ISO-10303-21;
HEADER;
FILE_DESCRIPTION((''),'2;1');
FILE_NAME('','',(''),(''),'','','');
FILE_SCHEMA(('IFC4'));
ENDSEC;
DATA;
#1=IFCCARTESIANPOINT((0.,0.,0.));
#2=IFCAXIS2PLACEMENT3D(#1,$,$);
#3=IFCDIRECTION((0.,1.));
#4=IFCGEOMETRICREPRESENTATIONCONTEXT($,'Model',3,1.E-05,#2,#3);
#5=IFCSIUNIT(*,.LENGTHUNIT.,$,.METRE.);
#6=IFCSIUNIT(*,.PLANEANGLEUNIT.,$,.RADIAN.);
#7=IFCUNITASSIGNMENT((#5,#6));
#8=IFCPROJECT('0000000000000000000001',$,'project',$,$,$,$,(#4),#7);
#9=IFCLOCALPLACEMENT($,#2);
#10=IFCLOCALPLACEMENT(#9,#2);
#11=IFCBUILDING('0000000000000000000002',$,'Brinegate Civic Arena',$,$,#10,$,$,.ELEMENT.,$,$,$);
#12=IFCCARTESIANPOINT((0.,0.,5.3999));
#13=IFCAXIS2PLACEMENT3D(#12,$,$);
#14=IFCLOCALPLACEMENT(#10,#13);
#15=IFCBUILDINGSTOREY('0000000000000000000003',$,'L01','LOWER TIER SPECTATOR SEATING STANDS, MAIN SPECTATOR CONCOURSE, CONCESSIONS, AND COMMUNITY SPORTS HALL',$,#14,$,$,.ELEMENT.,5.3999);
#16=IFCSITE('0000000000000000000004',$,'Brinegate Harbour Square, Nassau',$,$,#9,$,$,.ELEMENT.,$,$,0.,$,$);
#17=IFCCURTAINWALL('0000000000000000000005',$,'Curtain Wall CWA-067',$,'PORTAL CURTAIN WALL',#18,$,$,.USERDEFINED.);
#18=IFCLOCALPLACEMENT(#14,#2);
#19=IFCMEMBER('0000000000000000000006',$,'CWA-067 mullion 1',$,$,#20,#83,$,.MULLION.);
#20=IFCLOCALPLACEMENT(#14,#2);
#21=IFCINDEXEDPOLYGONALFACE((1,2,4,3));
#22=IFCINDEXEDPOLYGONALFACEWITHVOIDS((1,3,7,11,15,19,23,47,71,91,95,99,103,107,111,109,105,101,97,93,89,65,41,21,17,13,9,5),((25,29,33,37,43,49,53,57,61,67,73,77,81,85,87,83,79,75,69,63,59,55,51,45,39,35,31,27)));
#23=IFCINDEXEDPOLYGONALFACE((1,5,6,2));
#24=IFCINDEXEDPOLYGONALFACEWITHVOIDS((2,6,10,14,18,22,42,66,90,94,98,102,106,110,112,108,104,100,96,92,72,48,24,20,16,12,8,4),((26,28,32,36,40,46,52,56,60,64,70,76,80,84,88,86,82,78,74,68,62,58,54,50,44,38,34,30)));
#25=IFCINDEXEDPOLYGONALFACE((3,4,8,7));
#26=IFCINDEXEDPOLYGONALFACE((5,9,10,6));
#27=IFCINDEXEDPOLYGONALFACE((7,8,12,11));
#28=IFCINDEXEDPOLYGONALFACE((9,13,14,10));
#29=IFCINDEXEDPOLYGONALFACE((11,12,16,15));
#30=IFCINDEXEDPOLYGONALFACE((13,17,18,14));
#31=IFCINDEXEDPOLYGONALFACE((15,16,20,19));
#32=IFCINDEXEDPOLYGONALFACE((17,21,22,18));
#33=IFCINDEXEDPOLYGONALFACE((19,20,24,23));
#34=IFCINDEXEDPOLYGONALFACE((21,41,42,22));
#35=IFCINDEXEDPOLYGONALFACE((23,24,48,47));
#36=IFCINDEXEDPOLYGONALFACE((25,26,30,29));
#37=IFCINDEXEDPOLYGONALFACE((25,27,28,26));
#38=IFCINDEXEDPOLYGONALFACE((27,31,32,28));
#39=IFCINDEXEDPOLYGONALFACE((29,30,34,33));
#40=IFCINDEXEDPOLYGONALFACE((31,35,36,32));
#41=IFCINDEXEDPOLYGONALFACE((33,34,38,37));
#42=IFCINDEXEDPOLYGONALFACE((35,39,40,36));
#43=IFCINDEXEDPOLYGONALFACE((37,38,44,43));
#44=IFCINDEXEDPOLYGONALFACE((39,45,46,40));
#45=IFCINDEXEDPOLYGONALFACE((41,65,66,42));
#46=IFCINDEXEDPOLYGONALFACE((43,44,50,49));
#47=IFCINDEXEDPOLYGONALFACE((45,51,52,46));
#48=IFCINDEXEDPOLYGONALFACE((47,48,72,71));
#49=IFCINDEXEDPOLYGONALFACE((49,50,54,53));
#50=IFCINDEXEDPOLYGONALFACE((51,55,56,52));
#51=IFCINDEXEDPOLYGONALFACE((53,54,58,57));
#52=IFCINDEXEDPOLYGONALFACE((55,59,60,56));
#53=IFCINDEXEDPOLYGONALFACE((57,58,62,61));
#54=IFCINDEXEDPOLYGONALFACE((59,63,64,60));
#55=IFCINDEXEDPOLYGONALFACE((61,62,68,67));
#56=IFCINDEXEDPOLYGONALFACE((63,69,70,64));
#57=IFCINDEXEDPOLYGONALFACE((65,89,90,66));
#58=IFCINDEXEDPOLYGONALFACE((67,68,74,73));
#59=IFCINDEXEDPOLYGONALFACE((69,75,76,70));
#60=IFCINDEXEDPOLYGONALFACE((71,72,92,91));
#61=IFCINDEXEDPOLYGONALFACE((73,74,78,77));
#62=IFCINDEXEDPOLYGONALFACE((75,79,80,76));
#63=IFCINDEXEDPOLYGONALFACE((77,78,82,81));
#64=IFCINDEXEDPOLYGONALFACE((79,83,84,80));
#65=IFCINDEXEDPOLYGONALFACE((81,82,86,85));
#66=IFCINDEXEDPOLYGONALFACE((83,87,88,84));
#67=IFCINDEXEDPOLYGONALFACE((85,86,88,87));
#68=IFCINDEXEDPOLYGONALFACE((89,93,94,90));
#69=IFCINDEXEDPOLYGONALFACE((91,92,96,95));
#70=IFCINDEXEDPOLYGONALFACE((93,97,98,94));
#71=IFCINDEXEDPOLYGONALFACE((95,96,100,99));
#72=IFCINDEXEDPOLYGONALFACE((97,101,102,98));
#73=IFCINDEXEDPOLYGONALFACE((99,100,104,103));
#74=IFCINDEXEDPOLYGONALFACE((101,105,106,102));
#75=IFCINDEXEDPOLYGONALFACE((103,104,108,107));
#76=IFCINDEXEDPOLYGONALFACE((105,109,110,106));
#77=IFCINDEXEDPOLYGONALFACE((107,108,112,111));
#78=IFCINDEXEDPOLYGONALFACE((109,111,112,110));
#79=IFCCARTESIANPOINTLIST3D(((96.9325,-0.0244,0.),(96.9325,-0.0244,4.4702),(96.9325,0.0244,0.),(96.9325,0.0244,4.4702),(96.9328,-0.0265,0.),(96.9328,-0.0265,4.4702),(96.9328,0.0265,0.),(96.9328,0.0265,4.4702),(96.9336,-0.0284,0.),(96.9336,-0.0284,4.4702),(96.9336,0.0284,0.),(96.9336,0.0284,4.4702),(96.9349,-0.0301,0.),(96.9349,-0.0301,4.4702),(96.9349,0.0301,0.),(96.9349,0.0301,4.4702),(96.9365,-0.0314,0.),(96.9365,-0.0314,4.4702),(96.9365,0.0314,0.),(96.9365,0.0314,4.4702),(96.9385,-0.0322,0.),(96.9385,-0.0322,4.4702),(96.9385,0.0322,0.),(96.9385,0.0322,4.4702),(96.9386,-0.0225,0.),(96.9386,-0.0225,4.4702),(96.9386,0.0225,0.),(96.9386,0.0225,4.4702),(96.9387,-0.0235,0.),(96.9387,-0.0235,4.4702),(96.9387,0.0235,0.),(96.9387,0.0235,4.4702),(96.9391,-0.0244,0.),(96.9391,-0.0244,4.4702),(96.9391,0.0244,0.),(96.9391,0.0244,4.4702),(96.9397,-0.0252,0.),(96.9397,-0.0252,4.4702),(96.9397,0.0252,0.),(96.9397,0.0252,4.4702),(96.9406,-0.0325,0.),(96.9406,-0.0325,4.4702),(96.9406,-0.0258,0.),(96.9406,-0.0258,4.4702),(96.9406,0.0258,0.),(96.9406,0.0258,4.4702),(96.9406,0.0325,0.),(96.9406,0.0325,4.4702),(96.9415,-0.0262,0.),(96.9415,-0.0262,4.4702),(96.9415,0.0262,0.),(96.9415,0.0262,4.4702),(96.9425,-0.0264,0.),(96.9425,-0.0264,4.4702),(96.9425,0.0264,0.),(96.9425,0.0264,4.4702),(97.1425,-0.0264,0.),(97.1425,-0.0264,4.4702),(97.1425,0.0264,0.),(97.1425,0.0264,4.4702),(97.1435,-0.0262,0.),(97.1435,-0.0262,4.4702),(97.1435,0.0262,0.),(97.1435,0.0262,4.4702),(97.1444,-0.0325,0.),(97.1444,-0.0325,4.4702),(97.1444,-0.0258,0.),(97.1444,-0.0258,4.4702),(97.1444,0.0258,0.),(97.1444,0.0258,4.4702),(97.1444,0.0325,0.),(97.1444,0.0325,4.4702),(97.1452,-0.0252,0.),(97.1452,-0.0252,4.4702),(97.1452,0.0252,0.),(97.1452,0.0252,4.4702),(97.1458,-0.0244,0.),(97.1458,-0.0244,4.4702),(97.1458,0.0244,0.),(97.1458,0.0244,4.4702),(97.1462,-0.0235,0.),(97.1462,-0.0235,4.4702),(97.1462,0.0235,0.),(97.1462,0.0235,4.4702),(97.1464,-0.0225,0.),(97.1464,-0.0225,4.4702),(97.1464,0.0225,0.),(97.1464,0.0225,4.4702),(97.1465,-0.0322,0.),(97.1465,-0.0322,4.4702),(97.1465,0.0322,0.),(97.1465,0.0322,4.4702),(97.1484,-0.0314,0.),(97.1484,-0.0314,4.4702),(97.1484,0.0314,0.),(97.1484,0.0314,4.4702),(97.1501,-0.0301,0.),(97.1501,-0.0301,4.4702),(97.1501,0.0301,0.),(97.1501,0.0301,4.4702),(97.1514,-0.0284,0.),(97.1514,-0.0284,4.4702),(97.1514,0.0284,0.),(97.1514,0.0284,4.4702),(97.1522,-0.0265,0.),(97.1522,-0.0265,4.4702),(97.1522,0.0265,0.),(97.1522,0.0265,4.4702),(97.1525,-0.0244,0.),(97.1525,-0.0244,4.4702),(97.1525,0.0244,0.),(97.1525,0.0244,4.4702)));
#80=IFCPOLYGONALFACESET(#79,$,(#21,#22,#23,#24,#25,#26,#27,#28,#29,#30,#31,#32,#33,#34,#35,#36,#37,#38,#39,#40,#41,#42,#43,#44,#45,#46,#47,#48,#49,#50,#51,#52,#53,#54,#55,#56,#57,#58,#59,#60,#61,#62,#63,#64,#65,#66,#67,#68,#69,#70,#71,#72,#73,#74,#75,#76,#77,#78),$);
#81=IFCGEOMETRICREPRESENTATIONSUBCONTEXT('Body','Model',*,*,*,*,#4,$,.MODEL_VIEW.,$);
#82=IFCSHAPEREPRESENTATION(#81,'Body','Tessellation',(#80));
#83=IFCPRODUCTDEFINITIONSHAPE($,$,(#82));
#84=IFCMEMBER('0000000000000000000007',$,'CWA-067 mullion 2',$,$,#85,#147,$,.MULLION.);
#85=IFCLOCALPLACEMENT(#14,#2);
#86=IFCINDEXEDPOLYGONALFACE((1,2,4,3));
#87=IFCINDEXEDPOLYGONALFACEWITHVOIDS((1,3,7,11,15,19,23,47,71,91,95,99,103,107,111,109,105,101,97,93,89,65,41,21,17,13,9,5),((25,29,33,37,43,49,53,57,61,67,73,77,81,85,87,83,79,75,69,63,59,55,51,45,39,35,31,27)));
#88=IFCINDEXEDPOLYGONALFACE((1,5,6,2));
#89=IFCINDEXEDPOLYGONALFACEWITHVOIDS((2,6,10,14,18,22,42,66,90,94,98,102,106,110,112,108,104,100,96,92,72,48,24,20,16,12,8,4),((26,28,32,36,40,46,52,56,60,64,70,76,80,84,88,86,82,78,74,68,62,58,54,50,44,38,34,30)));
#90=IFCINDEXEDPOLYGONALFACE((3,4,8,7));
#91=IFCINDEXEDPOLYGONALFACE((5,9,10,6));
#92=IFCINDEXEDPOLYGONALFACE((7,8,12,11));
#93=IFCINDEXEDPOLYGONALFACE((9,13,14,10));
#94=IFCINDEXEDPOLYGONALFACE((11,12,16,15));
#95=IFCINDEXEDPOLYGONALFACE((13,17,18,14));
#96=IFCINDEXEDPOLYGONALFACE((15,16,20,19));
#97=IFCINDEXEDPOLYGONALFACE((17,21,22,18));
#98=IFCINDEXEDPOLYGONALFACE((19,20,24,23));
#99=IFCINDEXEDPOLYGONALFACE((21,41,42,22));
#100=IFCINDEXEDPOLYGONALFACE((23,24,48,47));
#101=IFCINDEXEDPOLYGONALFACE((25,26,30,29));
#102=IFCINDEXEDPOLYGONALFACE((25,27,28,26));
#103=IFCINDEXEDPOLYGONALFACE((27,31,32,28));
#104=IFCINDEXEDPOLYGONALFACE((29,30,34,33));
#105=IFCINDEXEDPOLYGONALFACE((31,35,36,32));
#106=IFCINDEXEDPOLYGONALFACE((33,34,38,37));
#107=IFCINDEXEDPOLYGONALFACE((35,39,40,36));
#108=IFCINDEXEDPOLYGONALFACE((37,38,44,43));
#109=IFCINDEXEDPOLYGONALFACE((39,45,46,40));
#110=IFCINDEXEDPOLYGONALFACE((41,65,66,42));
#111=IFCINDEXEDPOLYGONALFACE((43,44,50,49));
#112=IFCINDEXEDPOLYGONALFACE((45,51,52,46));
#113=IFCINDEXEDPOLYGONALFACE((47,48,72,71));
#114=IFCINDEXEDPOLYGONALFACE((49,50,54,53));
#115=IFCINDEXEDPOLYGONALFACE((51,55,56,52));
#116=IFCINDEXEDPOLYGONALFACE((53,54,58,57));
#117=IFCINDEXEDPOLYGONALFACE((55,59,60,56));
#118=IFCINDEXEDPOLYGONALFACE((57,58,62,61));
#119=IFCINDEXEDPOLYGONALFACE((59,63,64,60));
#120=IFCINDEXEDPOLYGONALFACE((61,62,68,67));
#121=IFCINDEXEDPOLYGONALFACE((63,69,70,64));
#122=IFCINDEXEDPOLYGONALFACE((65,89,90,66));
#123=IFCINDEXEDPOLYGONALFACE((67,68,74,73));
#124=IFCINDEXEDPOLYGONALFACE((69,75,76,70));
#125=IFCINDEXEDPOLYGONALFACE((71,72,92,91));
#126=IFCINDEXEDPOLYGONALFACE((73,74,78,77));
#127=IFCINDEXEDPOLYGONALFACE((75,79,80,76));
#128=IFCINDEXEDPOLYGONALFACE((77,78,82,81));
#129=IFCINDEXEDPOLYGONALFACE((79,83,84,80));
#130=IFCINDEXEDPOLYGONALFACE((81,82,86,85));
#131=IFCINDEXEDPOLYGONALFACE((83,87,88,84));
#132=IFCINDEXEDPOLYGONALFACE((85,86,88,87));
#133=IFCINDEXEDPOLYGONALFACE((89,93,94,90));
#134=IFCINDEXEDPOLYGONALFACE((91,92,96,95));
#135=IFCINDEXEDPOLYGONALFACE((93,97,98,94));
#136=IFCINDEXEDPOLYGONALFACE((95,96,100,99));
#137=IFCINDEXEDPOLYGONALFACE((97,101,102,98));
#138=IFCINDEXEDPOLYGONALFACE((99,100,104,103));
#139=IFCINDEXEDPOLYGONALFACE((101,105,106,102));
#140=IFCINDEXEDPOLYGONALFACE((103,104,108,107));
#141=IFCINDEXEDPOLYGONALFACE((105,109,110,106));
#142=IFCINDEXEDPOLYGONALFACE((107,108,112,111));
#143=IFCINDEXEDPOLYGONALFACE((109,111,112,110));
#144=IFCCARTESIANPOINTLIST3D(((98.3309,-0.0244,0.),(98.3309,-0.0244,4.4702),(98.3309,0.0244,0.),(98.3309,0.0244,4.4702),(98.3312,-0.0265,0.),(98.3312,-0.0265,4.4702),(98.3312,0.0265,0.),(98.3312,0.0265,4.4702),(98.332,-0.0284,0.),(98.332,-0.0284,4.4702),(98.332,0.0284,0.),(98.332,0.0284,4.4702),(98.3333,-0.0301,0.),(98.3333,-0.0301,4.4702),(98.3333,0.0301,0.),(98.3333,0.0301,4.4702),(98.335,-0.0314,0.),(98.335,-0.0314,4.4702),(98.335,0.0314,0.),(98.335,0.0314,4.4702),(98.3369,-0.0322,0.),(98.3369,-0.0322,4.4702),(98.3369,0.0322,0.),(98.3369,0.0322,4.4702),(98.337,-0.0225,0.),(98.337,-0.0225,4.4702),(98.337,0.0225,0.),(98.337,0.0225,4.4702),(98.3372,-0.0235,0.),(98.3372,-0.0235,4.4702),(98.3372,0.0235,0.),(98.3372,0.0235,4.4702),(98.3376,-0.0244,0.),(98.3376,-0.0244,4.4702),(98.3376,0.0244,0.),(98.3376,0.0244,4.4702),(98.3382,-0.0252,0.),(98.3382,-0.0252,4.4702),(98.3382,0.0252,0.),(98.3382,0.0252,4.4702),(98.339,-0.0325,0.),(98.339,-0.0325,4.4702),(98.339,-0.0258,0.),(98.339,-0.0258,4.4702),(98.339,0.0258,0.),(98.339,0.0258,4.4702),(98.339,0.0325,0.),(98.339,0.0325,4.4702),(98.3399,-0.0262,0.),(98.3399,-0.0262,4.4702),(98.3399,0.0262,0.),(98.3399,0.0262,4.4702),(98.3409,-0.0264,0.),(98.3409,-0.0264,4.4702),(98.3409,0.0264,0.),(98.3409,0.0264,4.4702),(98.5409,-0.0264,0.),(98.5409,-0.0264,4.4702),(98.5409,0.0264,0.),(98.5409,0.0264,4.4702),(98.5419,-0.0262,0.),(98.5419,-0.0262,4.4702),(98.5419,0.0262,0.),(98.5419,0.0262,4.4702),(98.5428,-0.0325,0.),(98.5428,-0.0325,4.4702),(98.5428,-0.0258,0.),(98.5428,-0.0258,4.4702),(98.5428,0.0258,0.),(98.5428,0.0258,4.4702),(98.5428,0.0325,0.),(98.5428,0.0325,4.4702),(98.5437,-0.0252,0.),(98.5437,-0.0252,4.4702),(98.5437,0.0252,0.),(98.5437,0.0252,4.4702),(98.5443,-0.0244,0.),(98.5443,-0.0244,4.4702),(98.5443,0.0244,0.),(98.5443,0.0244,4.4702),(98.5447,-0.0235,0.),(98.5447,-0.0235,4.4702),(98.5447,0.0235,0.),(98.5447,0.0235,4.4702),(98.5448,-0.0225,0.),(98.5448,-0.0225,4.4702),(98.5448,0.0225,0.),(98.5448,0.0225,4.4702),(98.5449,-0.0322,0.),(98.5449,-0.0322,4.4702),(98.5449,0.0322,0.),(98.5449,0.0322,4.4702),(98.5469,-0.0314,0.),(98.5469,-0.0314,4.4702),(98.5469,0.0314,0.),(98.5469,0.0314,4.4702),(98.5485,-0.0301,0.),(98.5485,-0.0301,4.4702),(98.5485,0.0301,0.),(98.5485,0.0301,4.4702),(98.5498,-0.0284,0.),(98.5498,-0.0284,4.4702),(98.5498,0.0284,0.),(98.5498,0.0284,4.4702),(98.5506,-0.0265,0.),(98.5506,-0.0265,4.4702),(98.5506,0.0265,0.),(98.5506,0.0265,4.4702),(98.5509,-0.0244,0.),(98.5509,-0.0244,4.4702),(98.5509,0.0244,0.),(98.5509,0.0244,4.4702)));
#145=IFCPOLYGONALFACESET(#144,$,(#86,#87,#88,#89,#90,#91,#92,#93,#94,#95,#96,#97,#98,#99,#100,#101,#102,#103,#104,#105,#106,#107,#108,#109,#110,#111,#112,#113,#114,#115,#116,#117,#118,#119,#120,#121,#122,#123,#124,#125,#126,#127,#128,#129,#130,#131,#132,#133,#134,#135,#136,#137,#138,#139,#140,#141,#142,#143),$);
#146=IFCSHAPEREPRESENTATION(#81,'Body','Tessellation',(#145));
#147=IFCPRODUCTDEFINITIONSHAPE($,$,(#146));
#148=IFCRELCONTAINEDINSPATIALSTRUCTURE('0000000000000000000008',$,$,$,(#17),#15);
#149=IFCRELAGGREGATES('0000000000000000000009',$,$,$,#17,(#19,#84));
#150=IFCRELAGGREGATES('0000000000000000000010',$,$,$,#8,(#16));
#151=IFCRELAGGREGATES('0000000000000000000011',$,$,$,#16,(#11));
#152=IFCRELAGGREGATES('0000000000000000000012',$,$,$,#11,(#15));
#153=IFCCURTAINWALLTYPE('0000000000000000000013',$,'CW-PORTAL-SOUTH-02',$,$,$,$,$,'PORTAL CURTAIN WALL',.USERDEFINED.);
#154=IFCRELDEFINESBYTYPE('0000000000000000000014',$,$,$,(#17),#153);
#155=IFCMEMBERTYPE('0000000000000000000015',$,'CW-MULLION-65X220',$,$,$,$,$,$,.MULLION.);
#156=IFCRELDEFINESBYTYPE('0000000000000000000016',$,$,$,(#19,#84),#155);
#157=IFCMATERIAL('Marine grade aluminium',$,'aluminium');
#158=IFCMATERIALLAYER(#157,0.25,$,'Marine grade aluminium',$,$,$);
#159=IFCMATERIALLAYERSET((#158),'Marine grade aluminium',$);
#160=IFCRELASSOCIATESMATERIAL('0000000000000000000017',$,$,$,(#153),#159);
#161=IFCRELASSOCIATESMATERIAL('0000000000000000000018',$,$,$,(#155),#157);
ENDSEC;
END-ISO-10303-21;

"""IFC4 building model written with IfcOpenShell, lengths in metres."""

from ifc_helpers import new_model, si_unit, direction, frame, origin, origin_2d, place, context, subcontext, project, spatial, hollow_rectangle, extrude, material, layer, layer_set, material_profile, profile_set, type_object, element, aggregate, save


model = new_model("IFC4")

# Units and contexts
model_context = context("Model", 3, precision=1e-05, world=origin(), true_north=direction((0.0, 1.0)))
body_context = subcontext(model_context, "Body", "Model", "MODEL_VIEW")
ifc_project = project(units=[si_unit("LENGTHUNIT", "METRE"), si_unit("PLANEANGLEUNIT", "RADIAN")], contexts=[model_context])

# Site, building, storey
site_placement = place(None, origin())
site = spatial("IfcSite", under=ifc_project, at=site_placement, Name="Brinegate Harbour Square, Nassau", CompositionType="ELEMENT", RefElevation=0.0)
building_placement = place(site_placement, origin())
building = spatial("IfcBuilding", under=site, at=building_placement, Name="Brinegate Civic Arena", CompositionType="ELEMENT")
storey_placement = place(building_placement, frame((0.0, 0.0, 5.3999)))
storey = spatial("IfcBuildingStorey", under=building, at=storey_placement, Name="L01", Description="LOWER TIER SPECTATOR SEATING STANDS, MAIN SPECTATOR CONCOURSE, CONCESSIONS, AND COMMUNITY SPORTS HALL", CompositionType="ELEMENT", Elevation=5.3999)

# Curtain wall, members
ifc_material_1 = material(Name="Marine grade aluminium", Category="aluminium")
ifc_layer_1 = layer(ifc_material_1, 0.25, Name="Marine grade aluminium")
ifc_layer_set_1 = layer_set([ifc_layer_1], Name="Marine grade aluminium")
curtain_wall_type = type_object("IfcCurtainWallType", Name="CW-PORTAL-SOUTH-02", ElementType="PORTAL CURTAIN WALL", PredefinedType="USERDEFINED", material=ifc_layer_set_1)
curtain_wall_placement = place(storey_placement, origin())
curtain_wall = element("IfcCurtainWall", 1, at=curtain_wall_placement, inside=storey, type_object=curtain_wall_type, Name="Curtain Wall CWA-067", ObjectType="PORTAL CURTAIN WALL", PredefinedType="USERDEFINED")
ifc_material_profile_1 = material_profile(ifc_material_1, hollow_rectangle(XDim=0.0649, YDim=0.22, WallThickness=0.0061, InnerFilletRadius=0.0039, OuterFilletRadius=0.0081, at=origin_2d()), Name="MUL65X220")
ifc_profile_set_1 = profile_set([ifc_material_profile_1], Name="Marine grade aluminium")
member_type_1 = type_object("IfcMemberType", Name="CW-MULLION-65X220", PredefinedType="MULLION", material=ifc_profile_set_1)
member_1_placement = place(storey_placement, frame((97.0425, 0.0, 0.0), z_axis=(0.0, 0.0, 1.0), x_axis=(0.0, 1.0, 0.0)))
member_1 = element("IfcMember", 2, at=member_1_placement, type_object=member_type_1, Name="CWA-067 mullion 1", PredefinedType="MULLION", context=body_context, shape_type="SweptSolid", body=[
    extrude(hollow_rectangle(XDim=0.0649, YDim=0.22, WallThickness=0.0061, InnerFilletRadius=0.0039, OuterFilletRadius=0.0081, at=origin_2d()), origin(), (0.0, 0.0, 1.0), 4.4702),
])
member_2_placement = place(storey_placement, frame((98.4409, 0.0, 0.0), z_axis=(0.0, 0.0, 1.0), x_axis=(0.0, 1.0, 0.0)))
member_2 = element("IfcMember", 3, at=member_2_placement, type_object=member_type_1, Name="CWA-067 mullion 2", PredefinedType="MULLION", context=body_context, shape_type="SweptSolid", body=[
    extrude(hollow_rectangle(XDim=0.0649, YDim=0.22, WallThickness=0.0061, InnerFilletRadius=0.0039, OuterFilletRadius=0.0081, at=origin_2d()), origin(), (0.0, 0.0, 1.0), 4.4702),
])
aggregate(curtain_wall, [member_1, member_2])

save(model, "model.ifc")
